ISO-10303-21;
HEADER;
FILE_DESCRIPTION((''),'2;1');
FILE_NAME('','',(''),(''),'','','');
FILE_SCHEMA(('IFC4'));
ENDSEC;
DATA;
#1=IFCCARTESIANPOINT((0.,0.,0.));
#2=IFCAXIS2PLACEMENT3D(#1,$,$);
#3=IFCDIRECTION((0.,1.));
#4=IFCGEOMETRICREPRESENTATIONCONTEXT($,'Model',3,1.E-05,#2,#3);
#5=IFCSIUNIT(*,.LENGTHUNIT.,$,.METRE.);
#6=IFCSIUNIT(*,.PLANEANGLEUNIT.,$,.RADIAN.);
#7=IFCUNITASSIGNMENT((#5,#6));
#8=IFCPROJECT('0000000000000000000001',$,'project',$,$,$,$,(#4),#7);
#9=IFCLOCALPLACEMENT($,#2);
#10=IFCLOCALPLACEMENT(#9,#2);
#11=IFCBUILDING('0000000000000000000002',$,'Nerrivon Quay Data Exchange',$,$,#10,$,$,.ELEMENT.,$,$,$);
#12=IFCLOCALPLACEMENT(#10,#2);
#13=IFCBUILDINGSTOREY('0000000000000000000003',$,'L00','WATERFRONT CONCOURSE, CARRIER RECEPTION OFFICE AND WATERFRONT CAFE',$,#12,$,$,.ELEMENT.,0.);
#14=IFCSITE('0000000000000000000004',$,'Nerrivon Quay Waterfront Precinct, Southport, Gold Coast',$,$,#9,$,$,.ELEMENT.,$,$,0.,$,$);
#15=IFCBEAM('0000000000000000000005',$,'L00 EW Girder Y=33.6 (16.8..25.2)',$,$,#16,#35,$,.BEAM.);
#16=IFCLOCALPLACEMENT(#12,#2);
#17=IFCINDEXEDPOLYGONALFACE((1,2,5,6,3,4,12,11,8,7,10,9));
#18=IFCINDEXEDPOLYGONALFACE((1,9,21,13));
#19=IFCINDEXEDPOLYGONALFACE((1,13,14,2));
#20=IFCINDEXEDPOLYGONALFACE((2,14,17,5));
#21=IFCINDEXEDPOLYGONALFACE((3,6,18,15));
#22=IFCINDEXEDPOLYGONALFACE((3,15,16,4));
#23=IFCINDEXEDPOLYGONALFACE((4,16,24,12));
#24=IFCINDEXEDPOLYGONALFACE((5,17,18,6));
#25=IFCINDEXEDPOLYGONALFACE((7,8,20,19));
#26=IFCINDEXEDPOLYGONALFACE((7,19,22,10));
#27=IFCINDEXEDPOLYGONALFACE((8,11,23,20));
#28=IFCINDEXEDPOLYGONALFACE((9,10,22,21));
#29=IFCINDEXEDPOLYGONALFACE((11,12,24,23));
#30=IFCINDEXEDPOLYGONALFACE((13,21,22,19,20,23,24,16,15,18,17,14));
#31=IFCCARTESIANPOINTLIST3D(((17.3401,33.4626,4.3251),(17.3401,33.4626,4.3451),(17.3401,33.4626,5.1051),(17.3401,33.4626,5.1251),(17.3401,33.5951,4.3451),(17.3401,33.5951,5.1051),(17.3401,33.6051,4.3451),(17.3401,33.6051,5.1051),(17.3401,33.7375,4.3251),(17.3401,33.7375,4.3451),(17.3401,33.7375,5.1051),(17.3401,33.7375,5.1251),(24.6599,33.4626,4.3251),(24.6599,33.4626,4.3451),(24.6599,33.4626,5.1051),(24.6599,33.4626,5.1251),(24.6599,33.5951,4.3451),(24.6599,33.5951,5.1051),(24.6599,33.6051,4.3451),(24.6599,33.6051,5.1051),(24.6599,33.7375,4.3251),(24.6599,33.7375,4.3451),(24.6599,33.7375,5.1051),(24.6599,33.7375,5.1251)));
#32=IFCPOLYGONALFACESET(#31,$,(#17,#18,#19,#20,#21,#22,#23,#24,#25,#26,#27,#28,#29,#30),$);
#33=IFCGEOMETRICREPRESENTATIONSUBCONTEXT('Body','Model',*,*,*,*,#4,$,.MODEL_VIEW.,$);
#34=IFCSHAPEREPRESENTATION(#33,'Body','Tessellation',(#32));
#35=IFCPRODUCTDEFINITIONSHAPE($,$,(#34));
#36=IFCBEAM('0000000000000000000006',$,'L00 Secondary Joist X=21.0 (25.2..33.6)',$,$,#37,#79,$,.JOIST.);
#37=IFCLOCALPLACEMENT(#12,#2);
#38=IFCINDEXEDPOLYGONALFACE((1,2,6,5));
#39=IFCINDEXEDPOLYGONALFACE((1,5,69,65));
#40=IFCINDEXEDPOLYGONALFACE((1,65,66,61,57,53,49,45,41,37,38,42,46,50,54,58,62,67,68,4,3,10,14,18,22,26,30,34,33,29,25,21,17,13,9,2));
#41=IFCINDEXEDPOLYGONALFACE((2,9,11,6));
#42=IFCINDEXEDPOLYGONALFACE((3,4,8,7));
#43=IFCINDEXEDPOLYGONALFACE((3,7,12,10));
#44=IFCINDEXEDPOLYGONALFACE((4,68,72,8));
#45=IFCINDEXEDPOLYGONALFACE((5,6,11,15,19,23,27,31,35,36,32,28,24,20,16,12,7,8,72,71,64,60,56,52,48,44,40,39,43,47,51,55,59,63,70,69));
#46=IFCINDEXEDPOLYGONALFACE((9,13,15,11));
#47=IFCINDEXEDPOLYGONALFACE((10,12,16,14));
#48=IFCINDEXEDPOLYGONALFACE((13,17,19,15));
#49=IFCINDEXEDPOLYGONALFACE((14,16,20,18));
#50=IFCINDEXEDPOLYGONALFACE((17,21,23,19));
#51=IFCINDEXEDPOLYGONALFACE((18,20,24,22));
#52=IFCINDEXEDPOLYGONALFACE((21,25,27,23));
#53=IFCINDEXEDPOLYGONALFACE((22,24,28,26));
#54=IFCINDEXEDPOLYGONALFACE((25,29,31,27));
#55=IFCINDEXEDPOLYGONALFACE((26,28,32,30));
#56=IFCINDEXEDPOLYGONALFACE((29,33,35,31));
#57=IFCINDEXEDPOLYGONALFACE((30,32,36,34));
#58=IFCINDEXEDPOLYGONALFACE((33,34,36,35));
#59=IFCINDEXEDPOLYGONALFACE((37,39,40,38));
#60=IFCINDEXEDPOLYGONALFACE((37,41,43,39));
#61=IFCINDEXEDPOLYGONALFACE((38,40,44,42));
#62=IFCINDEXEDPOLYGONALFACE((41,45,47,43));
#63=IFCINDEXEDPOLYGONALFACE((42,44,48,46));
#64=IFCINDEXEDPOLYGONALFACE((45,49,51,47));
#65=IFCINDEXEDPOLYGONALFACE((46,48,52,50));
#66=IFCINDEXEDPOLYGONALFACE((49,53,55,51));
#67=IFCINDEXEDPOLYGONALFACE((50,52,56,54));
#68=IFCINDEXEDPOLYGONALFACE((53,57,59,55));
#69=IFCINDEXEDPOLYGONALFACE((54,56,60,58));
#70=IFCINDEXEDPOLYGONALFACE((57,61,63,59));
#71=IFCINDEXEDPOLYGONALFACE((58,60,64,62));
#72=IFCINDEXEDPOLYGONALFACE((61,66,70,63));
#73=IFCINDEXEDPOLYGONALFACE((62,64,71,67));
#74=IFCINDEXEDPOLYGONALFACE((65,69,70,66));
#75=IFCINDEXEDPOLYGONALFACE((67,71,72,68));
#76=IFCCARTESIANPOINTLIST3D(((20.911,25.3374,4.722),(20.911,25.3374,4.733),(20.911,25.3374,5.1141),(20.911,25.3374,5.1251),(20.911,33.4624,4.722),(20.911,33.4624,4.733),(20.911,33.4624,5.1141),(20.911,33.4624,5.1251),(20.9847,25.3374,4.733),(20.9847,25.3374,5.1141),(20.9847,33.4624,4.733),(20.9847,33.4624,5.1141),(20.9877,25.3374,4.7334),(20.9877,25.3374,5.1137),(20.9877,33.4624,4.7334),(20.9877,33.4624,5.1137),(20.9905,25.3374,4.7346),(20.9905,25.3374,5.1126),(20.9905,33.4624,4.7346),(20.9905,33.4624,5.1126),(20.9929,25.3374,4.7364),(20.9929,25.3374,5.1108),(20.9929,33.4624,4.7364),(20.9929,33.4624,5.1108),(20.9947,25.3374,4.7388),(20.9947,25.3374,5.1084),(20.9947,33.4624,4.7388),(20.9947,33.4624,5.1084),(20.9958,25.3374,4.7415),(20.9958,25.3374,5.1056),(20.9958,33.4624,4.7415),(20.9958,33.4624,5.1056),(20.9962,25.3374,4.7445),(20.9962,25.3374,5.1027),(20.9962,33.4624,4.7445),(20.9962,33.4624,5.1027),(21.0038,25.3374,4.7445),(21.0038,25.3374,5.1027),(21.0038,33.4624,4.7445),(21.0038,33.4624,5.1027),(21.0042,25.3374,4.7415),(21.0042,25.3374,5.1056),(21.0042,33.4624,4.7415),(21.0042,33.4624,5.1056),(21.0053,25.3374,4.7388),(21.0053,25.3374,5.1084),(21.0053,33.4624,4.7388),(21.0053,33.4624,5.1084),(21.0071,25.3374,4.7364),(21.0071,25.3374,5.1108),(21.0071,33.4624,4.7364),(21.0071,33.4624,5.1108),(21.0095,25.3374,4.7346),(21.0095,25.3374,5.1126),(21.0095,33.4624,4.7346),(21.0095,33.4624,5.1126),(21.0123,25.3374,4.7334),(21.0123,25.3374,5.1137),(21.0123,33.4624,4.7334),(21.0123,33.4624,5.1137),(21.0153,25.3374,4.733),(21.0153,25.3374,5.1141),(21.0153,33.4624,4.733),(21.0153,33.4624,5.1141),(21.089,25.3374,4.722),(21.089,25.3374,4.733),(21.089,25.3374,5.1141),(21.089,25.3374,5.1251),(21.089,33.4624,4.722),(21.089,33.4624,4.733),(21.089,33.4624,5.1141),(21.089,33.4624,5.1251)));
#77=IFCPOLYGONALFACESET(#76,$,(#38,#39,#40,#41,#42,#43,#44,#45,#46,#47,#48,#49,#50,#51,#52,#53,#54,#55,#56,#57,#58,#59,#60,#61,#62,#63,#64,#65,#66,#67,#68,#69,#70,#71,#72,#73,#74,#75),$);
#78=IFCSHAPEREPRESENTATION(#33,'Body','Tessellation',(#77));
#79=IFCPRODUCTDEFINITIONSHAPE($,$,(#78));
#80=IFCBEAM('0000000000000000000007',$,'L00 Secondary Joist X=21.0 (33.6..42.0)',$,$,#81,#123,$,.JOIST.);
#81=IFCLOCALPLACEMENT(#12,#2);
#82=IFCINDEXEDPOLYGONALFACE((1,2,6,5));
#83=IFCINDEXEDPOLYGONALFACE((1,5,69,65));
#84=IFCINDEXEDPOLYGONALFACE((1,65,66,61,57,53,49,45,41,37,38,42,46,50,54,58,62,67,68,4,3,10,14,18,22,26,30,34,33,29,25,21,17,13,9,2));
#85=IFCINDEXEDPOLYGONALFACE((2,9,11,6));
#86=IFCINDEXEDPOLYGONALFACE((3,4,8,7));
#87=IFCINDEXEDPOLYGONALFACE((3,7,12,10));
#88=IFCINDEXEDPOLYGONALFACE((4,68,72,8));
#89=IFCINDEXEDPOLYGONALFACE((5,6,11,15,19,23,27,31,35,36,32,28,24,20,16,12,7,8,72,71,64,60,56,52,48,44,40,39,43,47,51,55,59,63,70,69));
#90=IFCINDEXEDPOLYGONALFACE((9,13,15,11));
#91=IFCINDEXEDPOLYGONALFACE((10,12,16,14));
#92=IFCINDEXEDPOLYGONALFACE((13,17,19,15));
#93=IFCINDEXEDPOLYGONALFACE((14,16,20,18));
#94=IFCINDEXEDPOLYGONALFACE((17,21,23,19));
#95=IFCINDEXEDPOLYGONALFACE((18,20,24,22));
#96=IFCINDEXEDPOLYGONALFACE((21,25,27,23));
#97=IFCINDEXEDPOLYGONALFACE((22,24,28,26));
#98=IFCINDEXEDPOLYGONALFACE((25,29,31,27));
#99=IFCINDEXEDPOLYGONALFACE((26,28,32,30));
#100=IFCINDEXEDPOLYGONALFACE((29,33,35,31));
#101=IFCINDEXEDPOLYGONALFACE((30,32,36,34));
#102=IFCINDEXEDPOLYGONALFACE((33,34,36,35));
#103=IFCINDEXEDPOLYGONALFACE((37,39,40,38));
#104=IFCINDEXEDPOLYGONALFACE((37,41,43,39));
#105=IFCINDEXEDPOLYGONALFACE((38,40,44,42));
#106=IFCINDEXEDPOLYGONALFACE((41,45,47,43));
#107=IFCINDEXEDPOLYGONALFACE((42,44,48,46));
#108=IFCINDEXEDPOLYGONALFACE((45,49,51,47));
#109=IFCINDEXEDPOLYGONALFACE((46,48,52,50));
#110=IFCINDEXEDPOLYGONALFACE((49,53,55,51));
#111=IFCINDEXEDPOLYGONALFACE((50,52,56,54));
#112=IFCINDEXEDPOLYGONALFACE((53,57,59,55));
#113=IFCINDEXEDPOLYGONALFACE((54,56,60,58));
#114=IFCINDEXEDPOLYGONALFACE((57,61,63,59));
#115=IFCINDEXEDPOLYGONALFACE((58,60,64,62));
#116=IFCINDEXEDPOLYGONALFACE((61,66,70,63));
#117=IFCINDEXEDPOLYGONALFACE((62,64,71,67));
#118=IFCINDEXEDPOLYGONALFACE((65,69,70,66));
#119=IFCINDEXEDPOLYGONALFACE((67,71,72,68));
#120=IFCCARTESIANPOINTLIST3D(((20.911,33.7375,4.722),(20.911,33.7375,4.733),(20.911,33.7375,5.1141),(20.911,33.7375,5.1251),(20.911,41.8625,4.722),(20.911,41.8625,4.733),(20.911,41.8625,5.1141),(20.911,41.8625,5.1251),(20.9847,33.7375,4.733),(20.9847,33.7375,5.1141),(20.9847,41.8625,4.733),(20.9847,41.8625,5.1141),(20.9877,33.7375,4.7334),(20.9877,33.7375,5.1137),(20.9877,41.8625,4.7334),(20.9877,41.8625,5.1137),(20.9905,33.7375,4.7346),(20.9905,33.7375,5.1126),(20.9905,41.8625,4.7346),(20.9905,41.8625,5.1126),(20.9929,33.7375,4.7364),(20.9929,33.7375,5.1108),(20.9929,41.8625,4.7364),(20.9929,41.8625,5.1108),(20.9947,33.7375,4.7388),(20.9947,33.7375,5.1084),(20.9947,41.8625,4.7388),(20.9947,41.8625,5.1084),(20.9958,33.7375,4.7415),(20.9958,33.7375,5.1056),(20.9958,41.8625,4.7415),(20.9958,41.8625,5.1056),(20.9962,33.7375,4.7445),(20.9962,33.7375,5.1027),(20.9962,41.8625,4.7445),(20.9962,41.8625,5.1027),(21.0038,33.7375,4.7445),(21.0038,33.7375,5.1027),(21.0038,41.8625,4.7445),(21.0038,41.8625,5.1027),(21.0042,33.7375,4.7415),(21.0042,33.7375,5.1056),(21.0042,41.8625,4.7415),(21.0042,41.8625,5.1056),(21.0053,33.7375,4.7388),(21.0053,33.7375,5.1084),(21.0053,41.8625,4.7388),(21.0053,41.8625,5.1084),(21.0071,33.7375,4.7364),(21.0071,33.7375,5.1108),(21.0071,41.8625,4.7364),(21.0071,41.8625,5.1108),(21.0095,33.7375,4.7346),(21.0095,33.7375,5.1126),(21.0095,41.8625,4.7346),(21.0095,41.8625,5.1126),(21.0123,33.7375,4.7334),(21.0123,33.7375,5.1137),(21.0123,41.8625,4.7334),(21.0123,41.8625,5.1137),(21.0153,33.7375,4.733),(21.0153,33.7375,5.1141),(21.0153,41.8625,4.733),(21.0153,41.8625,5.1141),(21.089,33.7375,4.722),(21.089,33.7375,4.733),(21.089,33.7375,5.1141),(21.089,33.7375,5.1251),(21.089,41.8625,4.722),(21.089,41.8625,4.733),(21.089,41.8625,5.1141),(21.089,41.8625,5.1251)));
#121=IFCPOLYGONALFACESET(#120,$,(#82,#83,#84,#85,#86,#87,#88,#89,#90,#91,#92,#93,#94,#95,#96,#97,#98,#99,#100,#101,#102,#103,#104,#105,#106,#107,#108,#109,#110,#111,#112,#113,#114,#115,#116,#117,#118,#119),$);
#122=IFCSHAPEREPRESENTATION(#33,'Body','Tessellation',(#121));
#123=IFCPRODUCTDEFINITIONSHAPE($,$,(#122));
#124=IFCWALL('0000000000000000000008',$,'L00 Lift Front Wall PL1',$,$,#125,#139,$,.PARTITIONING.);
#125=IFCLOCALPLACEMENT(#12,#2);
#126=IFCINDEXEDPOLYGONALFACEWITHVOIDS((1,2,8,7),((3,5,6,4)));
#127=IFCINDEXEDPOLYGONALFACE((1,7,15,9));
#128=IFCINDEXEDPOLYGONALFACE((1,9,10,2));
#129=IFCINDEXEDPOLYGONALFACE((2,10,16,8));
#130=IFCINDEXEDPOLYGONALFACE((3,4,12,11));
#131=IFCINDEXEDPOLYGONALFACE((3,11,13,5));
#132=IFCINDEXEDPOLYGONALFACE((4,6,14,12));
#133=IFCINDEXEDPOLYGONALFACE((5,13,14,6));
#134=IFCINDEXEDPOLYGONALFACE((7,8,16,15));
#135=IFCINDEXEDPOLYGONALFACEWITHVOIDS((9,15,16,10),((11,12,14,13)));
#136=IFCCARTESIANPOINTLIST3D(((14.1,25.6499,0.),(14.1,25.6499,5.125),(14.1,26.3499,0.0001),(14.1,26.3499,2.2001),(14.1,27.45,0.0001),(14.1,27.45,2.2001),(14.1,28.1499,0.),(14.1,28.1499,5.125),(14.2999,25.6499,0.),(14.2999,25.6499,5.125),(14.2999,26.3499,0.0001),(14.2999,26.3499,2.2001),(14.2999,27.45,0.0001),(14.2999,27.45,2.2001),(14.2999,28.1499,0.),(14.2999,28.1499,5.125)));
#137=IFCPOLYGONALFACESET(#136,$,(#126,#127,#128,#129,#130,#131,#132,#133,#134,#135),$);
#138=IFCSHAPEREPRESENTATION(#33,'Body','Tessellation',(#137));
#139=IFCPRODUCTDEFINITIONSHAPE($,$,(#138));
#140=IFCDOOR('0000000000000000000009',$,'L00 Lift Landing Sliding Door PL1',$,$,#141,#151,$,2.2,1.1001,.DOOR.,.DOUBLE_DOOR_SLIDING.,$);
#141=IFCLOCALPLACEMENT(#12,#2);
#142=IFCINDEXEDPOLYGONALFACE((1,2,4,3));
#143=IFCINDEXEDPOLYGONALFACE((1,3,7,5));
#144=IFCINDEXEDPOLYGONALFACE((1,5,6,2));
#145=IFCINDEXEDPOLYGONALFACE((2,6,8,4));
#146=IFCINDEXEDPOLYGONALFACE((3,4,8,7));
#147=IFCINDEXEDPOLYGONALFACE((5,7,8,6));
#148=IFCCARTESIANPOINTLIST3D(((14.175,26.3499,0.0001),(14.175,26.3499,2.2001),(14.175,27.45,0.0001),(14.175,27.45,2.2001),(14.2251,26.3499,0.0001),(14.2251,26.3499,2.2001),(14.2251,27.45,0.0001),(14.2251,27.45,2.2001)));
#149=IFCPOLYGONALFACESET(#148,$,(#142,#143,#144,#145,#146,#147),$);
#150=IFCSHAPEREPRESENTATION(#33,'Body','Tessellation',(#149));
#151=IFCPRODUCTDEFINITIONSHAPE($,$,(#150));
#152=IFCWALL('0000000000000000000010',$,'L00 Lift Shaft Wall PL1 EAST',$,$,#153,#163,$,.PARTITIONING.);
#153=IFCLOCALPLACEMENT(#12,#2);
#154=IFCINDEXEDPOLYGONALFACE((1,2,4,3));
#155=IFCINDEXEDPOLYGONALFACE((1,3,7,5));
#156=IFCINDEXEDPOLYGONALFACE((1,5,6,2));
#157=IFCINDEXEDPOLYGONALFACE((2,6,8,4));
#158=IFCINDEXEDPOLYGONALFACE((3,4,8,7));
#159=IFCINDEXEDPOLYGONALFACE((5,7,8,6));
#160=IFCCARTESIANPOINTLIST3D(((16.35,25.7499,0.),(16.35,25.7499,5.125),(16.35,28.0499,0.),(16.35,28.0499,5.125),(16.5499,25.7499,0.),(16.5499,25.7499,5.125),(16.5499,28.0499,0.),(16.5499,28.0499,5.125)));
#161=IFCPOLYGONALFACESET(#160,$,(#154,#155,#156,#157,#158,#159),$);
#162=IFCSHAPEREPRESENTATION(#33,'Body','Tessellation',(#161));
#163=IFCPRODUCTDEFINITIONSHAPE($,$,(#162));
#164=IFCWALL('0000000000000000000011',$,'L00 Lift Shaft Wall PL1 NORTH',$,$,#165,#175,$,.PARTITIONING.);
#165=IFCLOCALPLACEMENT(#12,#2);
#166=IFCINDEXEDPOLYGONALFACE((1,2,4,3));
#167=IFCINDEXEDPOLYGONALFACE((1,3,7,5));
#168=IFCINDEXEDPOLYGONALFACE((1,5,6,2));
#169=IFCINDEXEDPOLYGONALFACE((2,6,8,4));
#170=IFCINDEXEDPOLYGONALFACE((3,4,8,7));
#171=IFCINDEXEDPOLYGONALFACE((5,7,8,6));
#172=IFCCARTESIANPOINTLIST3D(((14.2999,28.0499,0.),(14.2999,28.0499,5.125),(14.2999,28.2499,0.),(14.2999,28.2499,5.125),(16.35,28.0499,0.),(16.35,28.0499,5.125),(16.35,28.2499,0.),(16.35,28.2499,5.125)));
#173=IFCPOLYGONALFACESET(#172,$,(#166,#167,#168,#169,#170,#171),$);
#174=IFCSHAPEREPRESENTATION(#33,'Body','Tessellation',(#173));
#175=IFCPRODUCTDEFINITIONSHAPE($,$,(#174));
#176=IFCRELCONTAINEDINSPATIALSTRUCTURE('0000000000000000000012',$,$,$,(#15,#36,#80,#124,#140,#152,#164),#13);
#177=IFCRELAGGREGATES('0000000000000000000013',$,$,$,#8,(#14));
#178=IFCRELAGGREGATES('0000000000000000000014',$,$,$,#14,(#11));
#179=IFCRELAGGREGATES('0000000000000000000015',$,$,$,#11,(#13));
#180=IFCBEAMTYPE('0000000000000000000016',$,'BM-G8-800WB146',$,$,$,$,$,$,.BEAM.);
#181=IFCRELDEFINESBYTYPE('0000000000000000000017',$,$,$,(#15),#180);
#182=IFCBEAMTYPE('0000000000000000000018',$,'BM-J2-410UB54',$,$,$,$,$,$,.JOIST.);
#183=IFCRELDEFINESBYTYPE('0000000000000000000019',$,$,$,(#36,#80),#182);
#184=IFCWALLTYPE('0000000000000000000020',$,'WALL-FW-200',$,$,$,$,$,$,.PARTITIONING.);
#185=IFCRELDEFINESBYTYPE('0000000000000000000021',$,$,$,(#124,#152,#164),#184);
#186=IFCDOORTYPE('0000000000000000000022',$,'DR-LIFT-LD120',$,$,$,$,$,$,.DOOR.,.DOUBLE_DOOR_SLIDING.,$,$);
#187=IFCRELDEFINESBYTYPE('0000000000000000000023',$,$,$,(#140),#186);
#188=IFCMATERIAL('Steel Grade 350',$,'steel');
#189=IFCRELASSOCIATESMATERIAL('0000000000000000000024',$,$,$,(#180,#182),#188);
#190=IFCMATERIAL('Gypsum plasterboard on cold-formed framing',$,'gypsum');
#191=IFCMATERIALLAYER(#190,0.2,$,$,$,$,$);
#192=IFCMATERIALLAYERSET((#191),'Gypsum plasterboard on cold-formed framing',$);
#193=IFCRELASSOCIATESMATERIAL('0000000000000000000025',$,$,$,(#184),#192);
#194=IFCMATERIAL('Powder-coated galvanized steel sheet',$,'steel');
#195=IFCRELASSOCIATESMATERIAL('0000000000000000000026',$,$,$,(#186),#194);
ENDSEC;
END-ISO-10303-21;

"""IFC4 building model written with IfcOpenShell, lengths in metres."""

from ifc_helpers import new_model, si_unit, direction, frame, frame_2d, origin, origin_2d, place, context, subcontext, project, spatial, rectangle, i_section, extrude, material, layer, layer_set, material_profile, profile_set, type_object, element, fill, save


model = new_model("IFC4")

# Units and contexts
model_context = context("Model", 3, precision=1e-05, world=origin(), true_north=direction((0.0, 1.0)))
body_context = subcontext(model_context, "Body", "Model", "MODEL_VIEW")
ifc_project = project(units=[si_unit("LENGTHUNIT", "METRE"), si_unit("PLANEANGLEUNIT", "RADIAN")], contexts=[model_context])

# Site, building, storey
site_placement = place(None, origin())
site = spatial("IfcSite", under=ifc_project, at=site_placement, Name="Nerrivon Quay Waterfront Precinct, Southport, Gold Coast", CompositionType="ELEMENT", RefElevation=0.0)
building_placement = place(site_placement, origin())
building = spatial("IfcBuilding", under=site, at=building_placement, Name="Nerrivon Quay Data Exchange", CompositionType="ELEMENT")
storey_placement = place(building_placement, origin())
storey = spatial("IfcBuildingStorey", under=building, at=storey_placement, Name="L00", Description="WATERFRONT CONCOURSE, CARRIER RECEPTION OFFICE AND WATERFRONT CAFE", CompositionType="ELEMENT", Elevation=0.0)

# Beams
ifc_material_1 = material(Name="Steel Grade 350", Category="steel")
ifc_material_profile_1 = material_profile(ifc_material_1, i_section(OverallWidth=0.2749, OverallDepth=0.8, WebThickness=0.01, FlangeThickness=0.02, at=origin_2d()), Name="800WB146")
ifc_profile_set_1 = profile_set([ifc_material_profile_1], Name="Steel Grade 350")
beam_type_1 = type_object("IfcBeamType", Name="BM-G8-800WB146", PredefinedType="BEAM", material=ifc_profile_set_1)
for number, where, z_axis, x_axis, name in (
    (1, (17.3401, 33.6001, 4.7251), (1.0, 0.0, 0.0), (0.0, 1.0, 0.0), "L00 EW Girder Y=33.6 (16.8..25.2)"),
):
    element("IfcBeam", number, at=place(storey_placement, frame(where, z_axis=z_axis, x_axis=x_axis)), inside=storey, type_object=beam_type_1, Name=name, PredefinedType="BEAM", context=body_context, shape_type="SweptSolid", body=[
        extrude(i_section(OverallWidth=0.2749, OverallDepth=0.8, WebThickness=0.01, FlangeThickness=0.02, at=origin_2d()), origin(), (0.0, 0.0, 1.0), 7.3198),
    ])
ifc_material_profile_2 = material_profile(ifc_material_1, i_section(OverallWidth=0.178, OverallDepth=0.4031, WebThickness=0.0076, FlangeThickness=0.011, FilletRadius=0.0115, at=origin_2d()), Name="410UB53.7")
ifc_profile_set_2 = profile_set([ifc_material_profile_2], Name="Steel Grade 350")
beam_type_2 = type_object("IfcBeamType", Name="BM-J2-410UB54", PredefinedType="JOIST", material=ifc_profile_set_2)
for number, where, z_axis, x_axis, name in (
    (2, (21.0, 25.3374, 4.9236), (0.0, 1.0, 0.0), (-1.0, 0.0, 0.0), "L00 Secondary Joist X=21.0 (25.2..33.6)"),
    (3, (21.0, 33.7375, 4.9236), (0.0, 1.0, 0.0), (-1.0, 0.0, 0.0), "L00 Secondary Joist X=21.0 (33.6..42.0)"),
):
    element("IfcBeam", number, at=place(storey_placement, frame(where, z_axis=z_axis, x_axis=x_axis)), inside=storey, type_object=beam_type_2, Name=name, PredefinedType="JOIST", context=body_context, shape_type="SweptSolid", body=[
        extrude(i_section(OverallWidth=0.178, OverallDepth=0.4031, WebThickness=0.0076, FlangeThickness=0.011, FilletRadius=0.0115, at=origin_2d()), origin(), (0.0, 0.0, 1.0), 8.125),
    ])

# Wall, opening, door
ifc_material_2 = material(Name="Gypsum plasterboard on cold-formed framing", Category="gypsum")
ifc_layer_1 = layer(ifc_material_2, 0.2)
ifc_layer_set_1 = layer_set([ifc_layer_1], Name="Gypsum plasterboard on cold-formed framing")
wall_type_1 = type_object("IfcWallType", Name="WALL-FW-200", PredefinedType="PARTITIONING", material=ifc_layer_set_1)
wall_1_placement = place(storey_placement, frame((14.2, 25.6499, 0.0), z_axis=(0.0, 0.0, 1.0), x_axis=(0.0, 1.0, 0.0)))
wall_1 = element("IfcWall", 4, at=wall_1_placement, inside=storey, type_object=wall_type_1, Name="L00 Lift Front Wall PL1", PredefinedType="PARTITIONING", context=body_context, shape_type="SweptSolid", body=[
    extrude(rectangle(XDim=2.5, YDim=0.2, at=frame_2d((1.25, 0.0))), origin(), (0.0, 0.0, 1.0), 5.125),
])
opening_1_placement = place(wall_1_placement, frame((0.7, 0.0, 0.0)))
opening_1 = element("IfcOpeningElement", 5, at=opening_1_placement, cuts=wall_1, PredefinedType="OPENING", context=body_context, shape_type="SweptSolid", body=[
    extrude(rectangle(XDim=1.1001, YDim=2.2, at=frame_2d((0.55, 1.1001))), frame((0.0, 0.1099, 0.0), z_axis=(0.0, -1.0, 0.0), x_axis=(1.0, 0.0, 0.0)), (0.0, 0.0, 1.0), 0.22),
])
ifc_material_3 = material(Name="Powder-coated galvanized steel sheet", Category="steel")
door_type_1 = type_object("IfcDoorType", Name="DR-LIFT-LD120", OperationType="DOUBLE_DOOR_SLIDING", PredefinedType="DOOR", material=ifc_material_3)
door_1_placement = place(opening_1_placement, origin())
door_1 = element("IfcDoor", 6, at=door_1_placement, inside=storey, type_object=door_type_1, Name="L00 Lift Landing Sliding Door PL1", OperationType="DOUBLE_DOOR_SLIDING", OverallHeight=2.2, OverallWidth=1.1001, PredefinedType="DOOR", context=body_context, shape_type="SweptSolid", body=[
    extrude(rectangle(XDim=1.1001, YDim=2.2, at=frame_2d((0.55, 1.1001))), frame((0.0, 0.0249, 0.0), z_axis=(0.0, -1.0, 0.0), x_axis=(1.0, 0.0, 0.0)), (0.0, 0.0, 1.0), 0.05),
])
fill(opening_1, door_1)

# Walls
wall_2_placement = place(storey_placement, frame((16.45, 25.75, 0.0), z_axis=(0.0, 0.0, 1.0), x_axis=(0.0, 1.0, 0.0)))
element("IfcWall", 7, at=wall_2_placement, inside=storey, type_object=wall_type_1, Name="L00 Lift Shaft Wall PL1 EAST", PredefinedType="PARTITIONING", context=body_context, shape_type="SweptSolid", body=[
    extrude(rectangle(XDim=2.3, YDim=0.2, at=frame_2d((1.1499, 0.0))), origin(), (0.0, 0.0, 1.0), 5.125),
])
wall_3_placement = place(storey_placement, frame((14.3, 28.1499, 0.0), z_axis=(0.0, 0.0, 1.0), x_axis=(1.0, 0.0, 0.0)))
element("IfcWall", 8, at=wall_3_placement, inside=storey, type_object=wall_type_1, Name="L00 Lift Shaft Wall PL1 NORTH", PredefinedType="PARTITIONING", context=body_context, shape_type="SweptSolid", body=[
    extrude(rectangle(XDim=2.05, YDim=0.2, at=frame_2d((1.0249, 0.0))), origin(), (0.0, 0.0, 1.0), 5.125),
])

save(model, "model.ifc")
